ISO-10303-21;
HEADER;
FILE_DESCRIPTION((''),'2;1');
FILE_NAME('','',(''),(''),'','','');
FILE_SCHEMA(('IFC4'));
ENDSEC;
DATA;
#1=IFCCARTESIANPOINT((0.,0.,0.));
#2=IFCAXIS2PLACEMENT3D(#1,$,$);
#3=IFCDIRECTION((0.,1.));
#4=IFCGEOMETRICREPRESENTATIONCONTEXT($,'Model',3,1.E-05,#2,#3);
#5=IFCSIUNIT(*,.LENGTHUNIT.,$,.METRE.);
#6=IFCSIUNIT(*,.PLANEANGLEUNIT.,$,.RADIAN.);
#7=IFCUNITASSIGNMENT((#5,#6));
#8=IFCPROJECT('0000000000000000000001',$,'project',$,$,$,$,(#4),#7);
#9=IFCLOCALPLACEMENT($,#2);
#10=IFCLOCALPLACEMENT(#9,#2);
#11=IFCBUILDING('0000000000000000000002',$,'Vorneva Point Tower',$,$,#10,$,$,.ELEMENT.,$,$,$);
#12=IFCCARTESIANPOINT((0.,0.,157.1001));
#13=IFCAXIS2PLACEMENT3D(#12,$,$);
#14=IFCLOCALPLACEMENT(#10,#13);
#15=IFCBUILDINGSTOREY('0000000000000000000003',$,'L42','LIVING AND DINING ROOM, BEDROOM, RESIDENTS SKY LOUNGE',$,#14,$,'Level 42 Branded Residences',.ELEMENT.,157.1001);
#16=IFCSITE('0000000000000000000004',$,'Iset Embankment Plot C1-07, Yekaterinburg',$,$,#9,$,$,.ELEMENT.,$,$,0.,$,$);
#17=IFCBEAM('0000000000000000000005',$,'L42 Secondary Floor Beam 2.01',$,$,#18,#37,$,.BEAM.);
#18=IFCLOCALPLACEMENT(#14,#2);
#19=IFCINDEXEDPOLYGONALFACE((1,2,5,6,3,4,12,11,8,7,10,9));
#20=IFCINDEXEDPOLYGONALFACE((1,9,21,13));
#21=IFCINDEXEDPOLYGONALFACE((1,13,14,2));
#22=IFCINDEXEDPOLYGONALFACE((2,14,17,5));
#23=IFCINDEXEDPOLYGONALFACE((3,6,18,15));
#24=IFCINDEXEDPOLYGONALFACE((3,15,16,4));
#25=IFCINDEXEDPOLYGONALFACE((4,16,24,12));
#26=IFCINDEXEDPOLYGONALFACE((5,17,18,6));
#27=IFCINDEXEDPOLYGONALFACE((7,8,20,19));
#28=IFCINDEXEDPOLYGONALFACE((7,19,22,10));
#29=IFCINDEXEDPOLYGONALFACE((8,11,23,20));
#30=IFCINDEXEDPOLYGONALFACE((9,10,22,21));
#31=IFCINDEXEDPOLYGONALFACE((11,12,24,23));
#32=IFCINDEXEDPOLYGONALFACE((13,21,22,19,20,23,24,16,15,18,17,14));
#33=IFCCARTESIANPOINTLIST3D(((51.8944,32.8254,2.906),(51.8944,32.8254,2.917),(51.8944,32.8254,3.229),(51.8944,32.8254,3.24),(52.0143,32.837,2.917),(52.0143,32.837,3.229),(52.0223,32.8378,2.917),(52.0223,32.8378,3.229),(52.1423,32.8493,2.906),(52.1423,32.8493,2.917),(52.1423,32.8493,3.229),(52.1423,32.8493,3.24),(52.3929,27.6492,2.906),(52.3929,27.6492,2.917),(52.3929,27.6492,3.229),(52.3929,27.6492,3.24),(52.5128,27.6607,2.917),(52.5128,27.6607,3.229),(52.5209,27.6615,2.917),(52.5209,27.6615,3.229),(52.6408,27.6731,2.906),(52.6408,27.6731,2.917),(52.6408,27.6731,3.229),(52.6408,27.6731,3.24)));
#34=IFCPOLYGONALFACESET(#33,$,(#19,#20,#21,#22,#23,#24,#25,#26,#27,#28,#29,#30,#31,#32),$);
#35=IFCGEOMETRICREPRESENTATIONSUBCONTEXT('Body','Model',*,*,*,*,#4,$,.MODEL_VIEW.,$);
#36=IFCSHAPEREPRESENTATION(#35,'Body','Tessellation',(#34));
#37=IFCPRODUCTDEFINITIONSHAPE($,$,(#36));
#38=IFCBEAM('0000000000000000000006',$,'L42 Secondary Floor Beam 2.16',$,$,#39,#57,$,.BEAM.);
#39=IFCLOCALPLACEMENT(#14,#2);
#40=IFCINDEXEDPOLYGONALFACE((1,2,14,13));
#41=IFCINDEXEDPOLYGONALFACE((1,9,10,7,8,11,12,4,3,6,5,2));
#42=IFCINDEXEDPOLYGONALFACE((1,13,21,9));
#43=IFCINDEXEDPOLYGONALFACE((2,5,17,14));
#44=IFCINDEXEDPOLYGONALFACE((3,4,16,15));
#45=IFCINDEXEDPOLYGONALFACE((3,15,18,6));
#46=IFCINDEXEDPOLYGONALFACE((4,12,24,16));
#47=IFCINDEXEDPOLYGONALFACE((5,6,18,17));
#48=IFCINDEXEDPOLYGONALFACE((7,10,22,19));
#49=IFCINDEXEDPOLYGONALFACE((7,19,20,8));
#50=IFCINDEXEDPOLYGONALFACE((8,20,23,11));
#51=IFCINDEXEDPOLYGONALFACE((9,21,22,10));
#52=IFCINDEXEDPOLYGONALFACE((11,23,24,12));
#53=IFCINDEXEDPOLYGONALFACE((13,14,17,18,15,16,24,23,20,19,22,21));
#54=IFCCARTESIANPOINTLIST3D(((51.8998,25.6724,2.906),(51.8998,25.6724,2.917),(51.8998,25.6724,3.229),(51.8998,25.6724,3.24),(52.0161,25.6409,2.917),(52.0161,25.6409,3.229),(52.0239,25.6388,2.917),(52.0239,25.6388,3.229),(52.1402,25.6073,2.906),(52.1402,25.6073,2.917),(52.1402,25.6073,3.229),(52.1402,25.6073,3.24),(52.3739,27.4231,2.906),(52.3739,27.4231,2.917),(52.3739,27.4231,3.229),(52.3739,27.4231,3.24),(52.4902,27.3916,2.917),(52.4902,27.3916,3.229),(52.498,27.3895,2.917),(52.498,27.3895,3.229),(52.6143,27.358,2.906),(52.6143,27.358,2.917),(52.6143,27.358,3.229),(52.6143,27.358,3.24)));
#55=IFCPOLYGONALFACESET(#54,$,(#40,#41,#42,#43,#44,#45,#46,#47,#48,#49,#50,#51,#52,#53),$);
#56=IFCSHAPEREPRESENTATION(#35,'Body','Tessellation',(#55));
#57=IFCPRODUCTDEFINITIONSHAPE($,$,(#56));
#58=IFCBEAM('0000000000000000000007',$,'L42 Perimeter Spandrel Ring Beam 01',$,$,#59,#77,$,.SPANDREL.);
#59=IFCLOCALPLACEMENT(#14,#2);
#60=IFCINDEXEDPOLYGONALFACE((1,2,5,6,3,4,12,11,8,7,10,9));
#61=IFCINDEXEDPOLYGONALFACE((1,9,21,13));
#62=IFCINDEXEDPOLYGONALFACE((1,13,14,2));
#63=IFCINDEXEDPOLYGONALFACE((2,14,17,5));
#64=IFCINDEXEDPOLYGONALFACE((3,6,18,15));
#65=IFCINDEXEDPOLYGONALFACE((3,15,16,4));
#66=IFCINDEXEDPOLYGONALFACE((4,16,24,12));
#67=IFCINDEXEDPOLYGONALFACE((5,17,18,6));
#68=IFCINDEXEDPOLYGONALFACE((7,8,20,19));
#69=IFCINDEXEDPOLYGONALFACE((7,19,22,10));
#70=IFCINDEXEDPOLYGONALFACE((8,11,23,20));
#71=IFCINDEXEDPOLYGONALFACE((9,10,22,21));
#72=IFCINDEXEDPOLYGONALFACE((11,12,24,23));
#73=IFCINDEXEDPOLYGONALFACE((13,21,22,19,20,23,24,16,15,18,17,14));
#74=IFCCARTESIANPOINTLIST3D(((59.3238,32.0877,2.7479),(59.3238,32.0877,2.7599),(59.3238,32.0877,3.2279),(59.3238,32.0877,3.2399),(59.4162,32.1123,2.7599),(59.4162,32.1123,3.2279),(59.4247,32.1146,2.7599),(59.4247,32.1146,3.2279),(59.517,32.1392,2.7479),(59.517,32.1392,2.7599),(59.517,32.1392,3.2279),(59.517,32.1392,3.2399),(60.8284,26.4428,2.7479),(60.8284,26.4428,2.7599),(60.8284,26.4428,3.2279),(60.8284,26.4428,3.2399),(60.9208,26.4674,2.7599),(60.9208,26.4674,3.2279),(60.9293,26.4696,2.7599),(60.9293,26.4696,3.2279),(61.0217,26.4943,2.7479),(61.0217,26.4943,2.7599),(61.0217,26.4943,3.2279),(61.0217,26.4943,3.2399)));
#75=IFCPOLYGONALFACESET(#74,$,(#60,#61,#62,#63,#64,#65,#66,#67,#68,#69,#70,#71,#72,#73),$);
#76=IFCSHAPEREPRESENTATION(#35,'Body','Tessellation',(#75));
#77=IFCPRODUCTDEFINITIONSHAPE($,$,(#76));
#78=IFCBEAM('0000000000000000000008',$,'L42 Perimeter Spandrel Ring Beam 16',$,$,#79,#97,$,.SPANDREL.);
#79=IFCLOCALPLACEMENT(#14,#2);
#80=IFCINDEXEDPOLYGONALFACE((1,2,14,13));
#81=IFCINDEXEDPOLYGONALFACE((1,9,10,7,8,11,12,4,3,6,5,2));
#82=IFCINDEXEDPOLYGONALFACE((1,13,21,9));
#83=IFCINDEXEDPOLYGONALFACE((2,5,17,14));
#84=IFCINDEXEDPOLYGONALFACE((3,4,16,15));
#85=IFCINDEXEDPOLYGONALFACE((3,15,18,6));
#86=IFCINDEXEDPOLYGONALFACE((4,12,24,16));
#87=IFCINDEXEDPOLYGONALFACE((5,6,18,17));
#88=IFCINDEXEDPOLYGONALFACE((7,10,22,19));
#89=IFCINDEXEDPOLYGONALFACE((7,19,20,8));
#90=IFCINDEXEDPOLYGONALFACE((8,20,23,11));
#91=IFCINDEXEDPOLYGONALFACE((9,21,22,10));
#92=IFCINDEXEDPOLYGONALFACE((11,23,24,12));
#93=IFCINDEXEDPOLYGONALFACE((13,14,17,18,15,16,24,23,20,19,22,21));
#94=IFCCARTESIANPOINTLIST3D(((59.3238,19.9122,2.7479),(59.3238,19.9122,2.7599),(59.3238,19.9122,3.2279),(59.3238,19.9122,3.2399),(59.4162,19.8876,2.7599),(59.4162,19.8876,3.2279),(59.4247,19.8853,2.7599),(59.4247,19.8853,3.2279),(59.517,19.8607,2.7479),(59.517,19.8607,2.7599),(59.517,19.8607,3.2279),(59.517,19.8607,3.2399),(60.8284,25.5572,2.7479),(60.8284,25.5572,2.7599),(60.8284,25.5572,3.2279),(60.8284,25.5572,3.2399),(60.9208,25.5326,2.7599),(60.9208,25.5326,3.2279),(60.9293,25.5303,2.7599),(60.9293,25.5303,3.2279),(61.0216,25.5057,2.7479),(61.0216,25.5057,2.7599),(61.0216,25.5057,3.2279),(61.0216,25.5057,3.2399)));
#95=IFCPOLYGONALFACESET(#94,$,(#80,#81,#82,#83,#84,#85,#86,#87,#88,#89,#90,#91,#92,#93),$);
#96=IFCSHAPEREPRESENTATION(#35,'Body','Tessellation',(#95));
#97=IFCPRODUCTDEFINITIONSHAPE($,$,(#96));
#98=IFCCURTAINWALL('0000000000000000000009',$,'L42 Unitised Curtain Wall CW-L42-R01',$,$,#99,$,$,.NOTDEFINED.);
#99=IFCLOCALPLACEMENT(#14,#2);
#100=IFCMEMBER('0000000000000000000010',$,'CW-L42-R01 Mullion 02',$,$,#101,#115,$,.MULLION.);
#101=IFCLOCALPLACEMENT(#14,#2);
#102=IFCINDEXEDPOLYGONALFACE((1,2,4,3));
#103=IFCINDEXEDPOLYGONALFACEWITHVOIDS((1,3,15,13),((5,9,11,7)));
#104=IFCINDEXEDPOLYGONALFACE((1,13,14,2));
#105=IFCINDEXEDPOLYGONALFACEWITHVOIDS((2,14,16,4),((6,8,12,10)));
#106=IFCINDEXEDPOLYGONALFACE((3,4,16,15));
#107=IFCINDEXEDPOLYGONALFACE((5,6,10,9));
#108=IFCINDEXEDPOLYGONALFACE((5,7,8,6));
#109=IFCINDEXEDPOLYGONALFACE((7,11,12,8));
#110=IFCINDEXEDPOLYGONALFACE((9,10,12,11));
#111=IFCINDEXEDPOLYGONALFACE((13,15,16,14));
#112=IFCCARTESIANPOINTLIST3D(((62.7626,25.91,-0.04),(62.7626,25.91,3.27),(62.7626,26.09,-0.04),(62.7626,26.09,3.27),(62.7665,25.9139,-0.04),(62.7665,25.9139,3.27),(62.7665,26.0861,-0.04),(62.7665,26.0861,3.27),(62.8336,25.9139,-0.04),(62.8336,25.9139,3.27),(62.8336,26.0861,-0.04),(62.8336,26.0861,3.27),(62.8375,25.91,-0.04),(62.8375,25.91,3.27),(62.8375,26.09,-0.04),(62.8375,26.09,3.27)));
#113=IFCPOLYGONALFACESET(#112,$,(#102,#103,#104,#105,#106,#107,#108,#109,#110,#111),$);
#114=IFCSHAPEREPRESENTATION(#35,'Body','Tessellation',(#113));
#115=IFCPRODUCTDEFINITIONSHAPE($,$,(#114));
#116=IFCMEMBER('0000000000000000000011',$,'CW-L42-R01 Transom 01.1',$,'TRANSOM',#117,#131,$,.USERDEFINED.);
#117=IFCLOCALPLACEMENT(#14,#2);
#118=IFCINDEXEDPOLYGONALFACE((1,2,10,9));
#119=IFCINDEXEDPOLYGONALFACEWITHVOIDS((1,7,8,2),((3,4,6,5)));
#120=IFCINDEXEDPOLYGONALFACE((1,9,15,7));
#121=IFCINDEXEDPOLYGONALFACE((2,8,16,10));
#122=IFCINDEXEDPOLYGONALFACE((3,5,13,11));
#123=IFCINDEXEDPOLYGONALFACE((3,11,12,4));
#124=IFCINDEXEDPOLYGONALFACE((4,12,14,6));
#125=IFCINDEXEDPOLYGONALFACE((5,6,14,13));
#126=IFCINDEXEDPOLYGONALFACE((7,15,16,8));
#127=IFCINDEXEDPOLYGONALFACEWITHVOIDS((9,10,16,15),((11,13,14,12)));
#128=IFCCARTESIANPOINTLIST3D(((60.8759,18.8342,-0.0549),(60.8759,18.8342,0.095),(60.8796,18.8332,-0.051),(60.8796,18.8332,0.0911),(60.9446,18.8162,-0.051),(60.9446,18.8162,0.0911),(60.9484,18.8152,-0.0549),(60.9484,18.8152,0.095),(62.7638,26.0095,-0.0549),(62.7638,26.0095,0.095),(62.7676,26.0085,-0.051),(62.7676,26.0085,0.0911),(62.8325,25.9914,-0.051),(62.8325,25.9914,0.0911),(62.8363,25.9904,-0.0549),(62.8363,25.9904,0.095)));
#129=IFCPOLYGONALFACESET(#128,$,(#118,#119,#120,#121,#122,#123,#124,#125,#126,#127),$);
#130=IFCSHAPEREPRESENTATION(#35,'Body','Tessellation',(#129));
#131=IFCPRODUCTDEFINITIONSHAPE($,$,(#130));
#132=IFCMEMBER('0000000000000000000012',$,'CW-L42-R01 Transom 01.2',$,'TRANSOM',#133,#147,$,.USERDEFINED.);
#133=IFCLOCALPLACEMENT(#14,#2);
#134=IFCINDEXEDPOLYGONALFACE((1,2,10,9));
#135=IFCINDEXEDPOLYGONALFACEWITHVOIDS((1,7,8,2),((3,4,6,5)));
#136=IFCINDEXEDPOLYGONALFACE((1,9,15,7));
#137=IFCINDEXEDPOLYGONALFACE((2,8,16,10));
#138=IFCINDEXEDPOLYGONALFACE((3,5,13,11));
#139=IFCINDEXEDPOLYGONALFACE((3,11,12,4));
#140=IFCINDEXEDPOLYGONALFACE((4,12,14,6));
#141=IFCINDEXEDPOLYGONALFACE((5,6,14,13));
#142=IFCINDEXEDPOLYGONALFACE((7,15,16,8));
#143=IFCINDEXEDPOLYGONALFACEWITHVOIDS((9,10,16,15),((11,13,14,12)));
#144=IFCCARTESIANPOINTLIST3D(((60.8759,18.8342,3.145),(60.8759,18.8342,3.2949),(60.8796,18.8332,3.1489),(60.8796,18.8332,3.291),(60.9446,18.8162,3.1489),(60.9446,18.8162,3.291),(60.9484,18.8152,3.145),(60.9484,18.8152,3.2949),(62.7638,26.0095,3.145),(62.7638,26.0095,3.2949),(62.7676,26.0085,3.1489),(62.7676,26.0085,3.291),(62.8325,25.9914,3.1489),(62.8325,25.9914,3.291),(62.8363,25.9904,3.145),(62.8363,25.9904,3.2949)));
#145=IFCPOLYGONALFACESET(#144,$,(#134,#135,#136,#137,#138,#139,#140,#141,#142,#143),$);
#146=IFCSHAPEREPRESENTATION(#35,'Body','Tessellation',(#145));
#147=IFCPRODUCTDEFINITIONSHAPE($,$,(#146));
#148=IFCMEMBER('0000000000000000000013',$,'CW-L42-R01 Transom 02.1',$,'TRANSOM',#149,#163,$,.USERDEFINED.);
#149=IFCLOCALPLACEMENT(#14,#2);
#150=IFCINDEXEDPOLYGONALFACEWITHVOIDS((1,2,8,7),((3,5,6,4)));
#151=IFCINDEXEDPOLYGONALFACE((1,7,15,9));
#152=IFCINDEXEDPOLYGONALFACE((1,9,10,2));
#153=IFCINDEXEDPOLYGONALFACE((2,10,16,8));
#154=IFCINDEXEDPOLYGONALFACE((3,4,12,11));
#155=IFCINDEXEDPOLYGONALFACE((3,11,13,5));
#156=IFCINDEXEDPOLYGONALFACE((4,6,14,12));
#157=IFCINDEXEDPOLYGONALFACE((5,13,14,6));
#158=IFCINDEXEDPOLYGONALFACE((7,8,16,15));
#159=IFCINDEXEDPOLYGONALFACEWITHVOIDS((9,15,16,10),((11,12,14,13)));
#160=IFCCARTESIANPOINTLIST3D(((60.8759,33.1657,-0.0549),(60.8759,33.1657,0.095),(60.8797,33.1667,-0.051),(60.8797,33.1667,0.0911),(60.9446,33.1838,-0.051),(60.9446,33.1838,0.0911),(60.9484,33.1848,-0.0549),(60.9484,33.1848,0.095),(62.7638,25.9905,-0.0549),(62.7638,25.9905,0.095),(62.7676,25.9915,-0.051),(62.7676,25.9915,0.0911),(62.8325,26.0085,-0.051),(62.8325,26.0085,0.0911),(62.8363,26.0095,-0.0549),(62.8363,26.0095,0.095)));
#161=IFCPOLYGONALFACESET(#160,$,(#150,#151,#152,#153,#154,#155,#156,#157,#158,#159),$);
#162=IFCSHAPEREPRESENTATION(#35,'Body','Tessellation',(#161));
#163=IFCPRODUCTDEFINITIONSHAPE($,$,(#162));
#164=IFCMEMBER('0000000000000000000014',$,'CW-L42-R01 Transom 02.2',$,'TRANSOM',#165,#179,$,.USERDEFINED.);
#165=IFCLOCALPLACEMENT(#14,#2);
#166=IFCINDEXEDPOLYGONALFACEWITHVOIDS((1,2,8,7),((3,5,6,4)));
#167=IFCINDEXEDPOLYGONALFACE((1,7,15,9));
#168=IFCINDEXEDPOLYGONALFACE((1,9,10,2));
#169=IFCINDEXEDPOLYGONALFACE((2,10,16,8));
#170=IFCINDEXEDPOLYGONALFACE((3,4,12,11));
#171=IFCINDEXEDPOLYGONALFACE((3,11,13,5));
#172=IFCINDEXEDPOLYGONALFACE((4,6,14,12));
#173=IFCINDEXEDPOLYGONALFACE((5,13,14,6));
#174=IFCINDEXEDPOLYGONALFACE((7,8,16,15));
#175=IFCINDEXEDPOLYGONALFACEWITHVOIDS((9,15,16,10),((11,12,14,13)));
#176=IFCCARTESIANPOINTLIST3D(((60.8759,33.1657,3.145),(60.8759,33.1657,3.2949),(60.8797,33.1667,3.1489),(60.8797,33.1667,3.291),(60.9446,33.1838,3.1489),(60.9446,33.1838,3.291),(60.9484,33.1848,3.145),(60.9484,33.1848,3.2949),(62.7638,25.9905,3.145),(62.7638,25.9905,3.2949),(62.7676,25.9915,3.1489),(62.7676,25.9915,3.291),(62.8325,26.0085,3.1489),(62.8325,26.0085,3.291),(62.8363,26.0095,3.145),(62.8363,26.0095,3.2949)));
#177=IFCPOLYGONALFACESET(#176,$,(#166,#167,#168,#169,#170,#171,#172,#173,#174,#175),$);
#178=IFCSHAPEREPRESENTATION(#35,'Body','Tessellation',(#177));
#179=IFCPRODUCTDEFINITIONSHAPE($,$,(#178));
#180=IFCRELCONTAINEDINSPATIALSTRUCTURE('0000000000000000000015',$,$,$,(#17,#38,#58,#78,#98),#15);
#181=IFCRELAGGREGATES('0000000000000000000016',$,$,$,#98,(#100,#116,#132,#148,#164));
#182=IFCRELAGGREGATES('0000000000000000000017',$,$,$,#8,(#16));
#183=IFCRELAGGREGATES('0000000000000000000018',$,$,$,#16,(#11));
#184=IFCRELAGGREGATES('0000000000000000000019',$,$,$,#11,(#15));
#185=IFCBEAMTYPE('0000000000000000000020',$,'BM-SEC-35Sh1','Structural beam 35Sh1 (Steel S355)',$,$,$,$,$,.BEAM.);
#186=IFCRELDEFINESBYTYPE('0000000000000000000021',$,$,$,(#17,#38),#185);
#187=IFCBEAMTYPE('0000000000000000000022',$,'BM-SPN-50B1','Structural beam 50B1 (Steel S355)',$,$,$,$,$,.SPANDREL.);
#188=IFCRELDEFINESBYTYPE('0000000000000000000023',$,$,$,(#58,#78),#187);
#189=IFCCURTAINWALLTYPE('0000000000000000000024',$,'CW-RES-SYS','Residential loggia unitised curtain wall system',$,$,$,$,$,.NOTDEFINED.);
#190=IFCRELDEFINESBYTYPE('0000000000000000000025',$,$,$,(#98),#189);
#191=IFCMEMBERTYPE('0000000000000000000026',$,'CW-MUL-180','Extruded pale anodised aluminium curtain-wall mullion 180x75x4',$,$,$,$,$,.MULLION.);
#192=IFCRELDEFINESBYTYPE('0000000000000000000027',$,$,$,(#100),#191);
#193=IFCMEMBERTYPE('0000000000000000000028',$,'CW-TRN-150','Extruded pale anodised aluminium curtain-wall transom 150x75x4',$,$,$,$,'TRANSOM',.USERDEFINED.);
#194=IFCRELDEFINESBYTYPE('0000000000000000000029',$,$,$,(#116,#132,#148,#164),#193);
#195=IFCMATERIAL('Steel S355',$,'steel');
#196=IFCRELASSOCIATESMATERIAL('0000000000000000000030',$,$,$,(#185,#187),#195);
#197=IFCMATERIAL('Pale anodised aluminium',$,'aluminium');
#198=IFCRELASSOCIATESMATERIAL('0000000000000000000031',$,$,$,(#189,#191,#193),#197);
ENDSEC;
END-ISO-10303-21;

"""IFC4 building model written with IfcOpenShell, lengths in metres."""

from ifc_helpers import new_model, si_unit, direction, frame, origin, origin_2d, place, context, subcontext, project, spatial, hollow_rectangle, i_section, extrude, material, material_profile, profile_set, type_object, element, aggregate, save


model = new_model("IFC4")

# Units and contexts
model_context = context("Model", 3, precision=1e-05, world=origin(), true_north=direction((0.0, 1.0)))
body_context = subcontext(model_context, "Body", "Model", "MODEL_VIEW")
ifc_project = project(units=[si_unit("LENGTHUNIT", "METRE"), si_unit("PLANEANGLEUNIT", "RADIAN")], contexts=[model_context])

# Site, building, storey
site_placement = place(None, origin())
site = spatial("IfcSite", under=ifc_project, at=site_placement, Name="Iset Embankment Plot C1-07, Yekaterinburg", CompositionType="ELEMENT", RefElevation=0.0)
building_placement = place(site_placement, origin())
building = spatial("IfcBuilding", under=site, at=building_placement, Name="Vorneva Point Tower", CompositionType="ELEMENT")
storey_placement = place(building_placement, frame((0.0, 0.0, 157.1001)))
storey = spatial("IfcBuildingStorey", under=building, at=storey_placement, Name="L42", Description="LIVING AND DINING ROOM, BEDROOM, RESIDENTS SKY LOUNGE", LongName="Level 42 Branded Residences", CompositionType="ELEMENT", Elevation=157.1001)

# Beams
ifc_material_1 = material(Name="Steel S355", Category="steel")
ifc_material_profile_1 = material_profile(ifc_material_1, i_section(OverallWidth=0.249, OverallDepth=0.334, WebThickness=0.0081, FlangeThickness=0.011, at=origin_2d()), Name="35Sh1")
ifc_profile_set_1 = profile_set([ifc_material_profile_1], Name="Steel S355")
beam_type_1 = type_object("IfcBeamType", Name="BM-SEC-35Sh1", Description="Structural beam 35Sh1 (Steel S355)", PredefinedType="BEAM", material=ifc_profile_set_1)
beam_1_placement = place(storey_placement, frame((52.5168, 27.6611, 3.073), z_axis=(-0.095868, 0.995394, 0.0), x_axis=(-0.995394, -0.095868, 0.0)))
element("IfcBeam", 1, at=beam_1_placement, inside=storey, type_object=beam_type_1, Name="L42 Secondary Floor Beam 2.01", PredefinedType="BEAM", context=body_context, shape_type="SweptSolid", body=[
    extrude(i_section(OverallWidth=0.249, OverallDepth=0.334, WebThickness=0.0081, FlangeThickness=0.011, at=origin_2d()), origin(), (0.0, 0.0, 1.0), 5.2002),
])
beam_2_placement = place(storey_placement, frame((52.02, 25.6399, 3.073), z_axis=(0.261397, 0.965231, 0.0), x_axis=(-0.965231, 0.261397, 0.0)))
element("IfcBeam", 2, at=beam_2_placement, inside=storey, type_object=beam_type_1, Name="L42 Secondary Floor Beam 2.16", PredefinedType="BEAM", context=body_context, shape_type="SweptSolid", body=[
    extrude(i_section(OverallWidth=0.249, OverallDepth=0.334, WebThickness=0.0081, FlangeThickness=0.011, at=origin_2d()), origin(), (0.0, 0.0, 1.0), 1.8137),
])
ifc_material_profile_2 = material_profile(ifc_material_1, i_section(OverallWidth=0.2, OverallDepth=0.4919, WebThickness=0.0088, FlangeThickness=0.012, at=origin_2d()), Name="50B1")
ifc_profile_set_2 = profile_set([ifc_material_profile_2], Name="Steel S355")
beam_type_2 = type_object("IfcBeamType", Name="BM-SPN-50B1", Description="Structural beam 50B1 (Steel S355)", PredefinedType="SPANDREL", material=ifc_profile_set_2)
for number, where, z_axis, x_axis, name in (
    (3, (60.925, 26.4685, 2.9939), (-0.257551, 0.966265, 0.0), (-0.966265, -0.257551, 0.0), "L42 Perimeter Spandrel Ring Beam 01"),
    (4, (59.4204, 19.8865, 2.9939), (0.257551, 0.966265, 0.0), (-0.966265, 0.257551, 0.0), "L42 Perimeter Spandrel Ring Beam 16"),
):
    element("IfcBeam", number, at=place(storey_placement, frame(where, z_axis=z_axis, x_axis=x_axis)), inside=storey, type_object=beam_type_2, Name=name, PredefinedType="SPANDREL", context=body_context, shape_type="SweptSolid", body=[
        extrude(i_section(OverallWidth=0.2, OverallDepth=0.4919, WebThickness=0.0088, FlangeThickness=0.012, at=origin_2d()), origin(), (0.0, 0.0, 1.0), 5.842),
    ])

# Curtain wall, members
ifc_material_2 = material(Name="Pale anodised aluminium", Category="aluminium")
curtain_wall_type = type_object("IfcCurtainWallType", Name="CW-RES-SYS", Description="Residential loggia unitised curtain wall system", PredefinedType="NOTDEFINED", material=ifc_material_2)
curtain_wall_placement = place(storey_placement, origin())
curtain_wall = element("IfcCurtainWall", 5, at=curtain_wall_placement, inside=storey, type_object=curtain_wall_type, Name="L42 Unitised Curtain Wall CW-L42-R01", PredefinedType="NOTDEFINED")
ifc_material_profile_3 = material_profile(ifc_material_2, hollow_rectangle(XDim=0.075, YDim=0.1799, WallThickness=0.0039, at=origin_2d()), Name="AL-MUL 180x75x4")
ifc_profile_set_3 = profile_set([ifc_material_profile_3], Name="Pale anodised aluminium")
member_type_1 = type_object("IfcMemberType", Name="CW-MUL-180", Description="Extruded pale anodised aluminium curtain-wall mullion 180x75x4", PredefinedType="MULLION", material=ifc_profile_set_3)
member_1_placement = place(storey_placement, frame((62.8, 26.0, -0.04), z_axis=(0.0, 0.0, 1.0), x_axis=(1.0, 0.0, 0.0)))
member_1 = element("IfcMember", 6, at=member_1_placement, type_object=member_type_1, Name="CW-L42-R01 Mullion 02", PredefinedType="MULLION", context=body_context, shape_type="SweptSolid", body=[
    extrude(hollow_rectangle(XDim=0.075, YDim=0.1799, WallThickness=0.0039, at=origin_2d()), origin(), (0.0, 0.0, 1.0), 3.3101),
])
ifc_material_profile_4 = material_profile(ifc_material_2, hollow_rectangle(XDim=0.075, YDim=0.1499, WallThickness=0.0039, at=origin_2d()), Name="AL-TRN 150x75x4")
ifc_profile_set_4 = profile_set([ifc_material_profile_4], Name="Pale anodised aluminium")
member_type_2 = type_object("IfcMemberType", Name="CW-TRN-150", Description="Extruded pale anodised aluminium curtain-wall transom 150x75x4", ElementType="TRANSOM", PredefinedType="USERDEFINED", material=ifc_profile_set_4)
member_2_placement = place(storey_placement, frame((60.9121, 18.8247, 0.02), z_axis=(0.254456, 0.967084, 0.0), x_axis=(-0.967084, 0.254456, 0.0)))
member_2 = element("IfcMember", 7, at=member_2_placement, type_object=member_type_2, Name="CW-L42-R01 Transom 01.1", ObjectType="TRANSOM", PredefinedType="USERDEFINED", context=body_context, shape_type="SweptSolid", body=[
    extrude(hollow_rectangle(XDim=0.075, YDim=0.1499, WallThickness=0.0039, at=origin_2d()), origin(), (0.0, 0.0, 1.0), 7.4194),
])
member_3_placement = place(storey_placement, frame((60.9121, 18.8247, 3.22), z_axis=(0.254456, 0.967084, 0.0), x_axis=(-0.967084, 0.254456, 0.0)))
member_3 = element("IfcMember", 8, at=member_3_placement, type_object=member_type_2, Name="CW-L42-R01 Transom 01.2", ObjectType="TRANSOM", PredefinedType="USERDEFINED", context=body_context, shape_type="SweptSolid", body=[
    extrude(hollow_rectangle(XDim=0.075, YDim=0.1499, WallThickness=0.0039, at=origin_2d()), origin(), (0.0, 0.0, 1.0), 7.4194),
])
member_4_placement = place(storey_placement, frame((62.8, 26.0, 0.02), z_axis=(-0.254456, 0.967084, 0.0), x_axis=(-0.967084, -0.254456, 0.0)))
member_4 = element("IfcMember", 9, at=member_4_placement, type_object=member_type_2, Name="CW-L42-R01 Transom 02.1", ObjectType="TRANSOM", PredefinedType="USERDEFINED", context=body_context, shape_type="SweptSolid", body=[
    extrude(hollow_rectangle(XDim=0.075, YDim=0.1499, WallThickness=0.0039, at=origin_2d()), origin(), (0.0, 0.0, 1.0), 7.4194),
])
member_5_placement = place(storey_placement, frame((62.8, 26.0, 3.22), z_axis=(-0.254456, 0.967084, 0.0), x_axis=(-0.967084, -0.254456, 0.0)))
member_5 = element("IfcMember", 10, at=member_5_placement, type_object=member_type_2, Name="CW-L42-R01 Transom 02.2", ObjectType="TRANSOM", PredefinedType="USERDEFINED", context=body_context, shape_type="SweptSolid", body=[
    extrude(hollow_rectangle(XDim=0.075, YDim=0.1499, WallThickness=0.0039, at=origin_2d()), origin(), (0.0, 0.0, 1.0), 7.4194),
])
aggregate(curtain_wall, [member_1, member_2, member_3, member_4, member_5])

save(model, "model.ifc")
